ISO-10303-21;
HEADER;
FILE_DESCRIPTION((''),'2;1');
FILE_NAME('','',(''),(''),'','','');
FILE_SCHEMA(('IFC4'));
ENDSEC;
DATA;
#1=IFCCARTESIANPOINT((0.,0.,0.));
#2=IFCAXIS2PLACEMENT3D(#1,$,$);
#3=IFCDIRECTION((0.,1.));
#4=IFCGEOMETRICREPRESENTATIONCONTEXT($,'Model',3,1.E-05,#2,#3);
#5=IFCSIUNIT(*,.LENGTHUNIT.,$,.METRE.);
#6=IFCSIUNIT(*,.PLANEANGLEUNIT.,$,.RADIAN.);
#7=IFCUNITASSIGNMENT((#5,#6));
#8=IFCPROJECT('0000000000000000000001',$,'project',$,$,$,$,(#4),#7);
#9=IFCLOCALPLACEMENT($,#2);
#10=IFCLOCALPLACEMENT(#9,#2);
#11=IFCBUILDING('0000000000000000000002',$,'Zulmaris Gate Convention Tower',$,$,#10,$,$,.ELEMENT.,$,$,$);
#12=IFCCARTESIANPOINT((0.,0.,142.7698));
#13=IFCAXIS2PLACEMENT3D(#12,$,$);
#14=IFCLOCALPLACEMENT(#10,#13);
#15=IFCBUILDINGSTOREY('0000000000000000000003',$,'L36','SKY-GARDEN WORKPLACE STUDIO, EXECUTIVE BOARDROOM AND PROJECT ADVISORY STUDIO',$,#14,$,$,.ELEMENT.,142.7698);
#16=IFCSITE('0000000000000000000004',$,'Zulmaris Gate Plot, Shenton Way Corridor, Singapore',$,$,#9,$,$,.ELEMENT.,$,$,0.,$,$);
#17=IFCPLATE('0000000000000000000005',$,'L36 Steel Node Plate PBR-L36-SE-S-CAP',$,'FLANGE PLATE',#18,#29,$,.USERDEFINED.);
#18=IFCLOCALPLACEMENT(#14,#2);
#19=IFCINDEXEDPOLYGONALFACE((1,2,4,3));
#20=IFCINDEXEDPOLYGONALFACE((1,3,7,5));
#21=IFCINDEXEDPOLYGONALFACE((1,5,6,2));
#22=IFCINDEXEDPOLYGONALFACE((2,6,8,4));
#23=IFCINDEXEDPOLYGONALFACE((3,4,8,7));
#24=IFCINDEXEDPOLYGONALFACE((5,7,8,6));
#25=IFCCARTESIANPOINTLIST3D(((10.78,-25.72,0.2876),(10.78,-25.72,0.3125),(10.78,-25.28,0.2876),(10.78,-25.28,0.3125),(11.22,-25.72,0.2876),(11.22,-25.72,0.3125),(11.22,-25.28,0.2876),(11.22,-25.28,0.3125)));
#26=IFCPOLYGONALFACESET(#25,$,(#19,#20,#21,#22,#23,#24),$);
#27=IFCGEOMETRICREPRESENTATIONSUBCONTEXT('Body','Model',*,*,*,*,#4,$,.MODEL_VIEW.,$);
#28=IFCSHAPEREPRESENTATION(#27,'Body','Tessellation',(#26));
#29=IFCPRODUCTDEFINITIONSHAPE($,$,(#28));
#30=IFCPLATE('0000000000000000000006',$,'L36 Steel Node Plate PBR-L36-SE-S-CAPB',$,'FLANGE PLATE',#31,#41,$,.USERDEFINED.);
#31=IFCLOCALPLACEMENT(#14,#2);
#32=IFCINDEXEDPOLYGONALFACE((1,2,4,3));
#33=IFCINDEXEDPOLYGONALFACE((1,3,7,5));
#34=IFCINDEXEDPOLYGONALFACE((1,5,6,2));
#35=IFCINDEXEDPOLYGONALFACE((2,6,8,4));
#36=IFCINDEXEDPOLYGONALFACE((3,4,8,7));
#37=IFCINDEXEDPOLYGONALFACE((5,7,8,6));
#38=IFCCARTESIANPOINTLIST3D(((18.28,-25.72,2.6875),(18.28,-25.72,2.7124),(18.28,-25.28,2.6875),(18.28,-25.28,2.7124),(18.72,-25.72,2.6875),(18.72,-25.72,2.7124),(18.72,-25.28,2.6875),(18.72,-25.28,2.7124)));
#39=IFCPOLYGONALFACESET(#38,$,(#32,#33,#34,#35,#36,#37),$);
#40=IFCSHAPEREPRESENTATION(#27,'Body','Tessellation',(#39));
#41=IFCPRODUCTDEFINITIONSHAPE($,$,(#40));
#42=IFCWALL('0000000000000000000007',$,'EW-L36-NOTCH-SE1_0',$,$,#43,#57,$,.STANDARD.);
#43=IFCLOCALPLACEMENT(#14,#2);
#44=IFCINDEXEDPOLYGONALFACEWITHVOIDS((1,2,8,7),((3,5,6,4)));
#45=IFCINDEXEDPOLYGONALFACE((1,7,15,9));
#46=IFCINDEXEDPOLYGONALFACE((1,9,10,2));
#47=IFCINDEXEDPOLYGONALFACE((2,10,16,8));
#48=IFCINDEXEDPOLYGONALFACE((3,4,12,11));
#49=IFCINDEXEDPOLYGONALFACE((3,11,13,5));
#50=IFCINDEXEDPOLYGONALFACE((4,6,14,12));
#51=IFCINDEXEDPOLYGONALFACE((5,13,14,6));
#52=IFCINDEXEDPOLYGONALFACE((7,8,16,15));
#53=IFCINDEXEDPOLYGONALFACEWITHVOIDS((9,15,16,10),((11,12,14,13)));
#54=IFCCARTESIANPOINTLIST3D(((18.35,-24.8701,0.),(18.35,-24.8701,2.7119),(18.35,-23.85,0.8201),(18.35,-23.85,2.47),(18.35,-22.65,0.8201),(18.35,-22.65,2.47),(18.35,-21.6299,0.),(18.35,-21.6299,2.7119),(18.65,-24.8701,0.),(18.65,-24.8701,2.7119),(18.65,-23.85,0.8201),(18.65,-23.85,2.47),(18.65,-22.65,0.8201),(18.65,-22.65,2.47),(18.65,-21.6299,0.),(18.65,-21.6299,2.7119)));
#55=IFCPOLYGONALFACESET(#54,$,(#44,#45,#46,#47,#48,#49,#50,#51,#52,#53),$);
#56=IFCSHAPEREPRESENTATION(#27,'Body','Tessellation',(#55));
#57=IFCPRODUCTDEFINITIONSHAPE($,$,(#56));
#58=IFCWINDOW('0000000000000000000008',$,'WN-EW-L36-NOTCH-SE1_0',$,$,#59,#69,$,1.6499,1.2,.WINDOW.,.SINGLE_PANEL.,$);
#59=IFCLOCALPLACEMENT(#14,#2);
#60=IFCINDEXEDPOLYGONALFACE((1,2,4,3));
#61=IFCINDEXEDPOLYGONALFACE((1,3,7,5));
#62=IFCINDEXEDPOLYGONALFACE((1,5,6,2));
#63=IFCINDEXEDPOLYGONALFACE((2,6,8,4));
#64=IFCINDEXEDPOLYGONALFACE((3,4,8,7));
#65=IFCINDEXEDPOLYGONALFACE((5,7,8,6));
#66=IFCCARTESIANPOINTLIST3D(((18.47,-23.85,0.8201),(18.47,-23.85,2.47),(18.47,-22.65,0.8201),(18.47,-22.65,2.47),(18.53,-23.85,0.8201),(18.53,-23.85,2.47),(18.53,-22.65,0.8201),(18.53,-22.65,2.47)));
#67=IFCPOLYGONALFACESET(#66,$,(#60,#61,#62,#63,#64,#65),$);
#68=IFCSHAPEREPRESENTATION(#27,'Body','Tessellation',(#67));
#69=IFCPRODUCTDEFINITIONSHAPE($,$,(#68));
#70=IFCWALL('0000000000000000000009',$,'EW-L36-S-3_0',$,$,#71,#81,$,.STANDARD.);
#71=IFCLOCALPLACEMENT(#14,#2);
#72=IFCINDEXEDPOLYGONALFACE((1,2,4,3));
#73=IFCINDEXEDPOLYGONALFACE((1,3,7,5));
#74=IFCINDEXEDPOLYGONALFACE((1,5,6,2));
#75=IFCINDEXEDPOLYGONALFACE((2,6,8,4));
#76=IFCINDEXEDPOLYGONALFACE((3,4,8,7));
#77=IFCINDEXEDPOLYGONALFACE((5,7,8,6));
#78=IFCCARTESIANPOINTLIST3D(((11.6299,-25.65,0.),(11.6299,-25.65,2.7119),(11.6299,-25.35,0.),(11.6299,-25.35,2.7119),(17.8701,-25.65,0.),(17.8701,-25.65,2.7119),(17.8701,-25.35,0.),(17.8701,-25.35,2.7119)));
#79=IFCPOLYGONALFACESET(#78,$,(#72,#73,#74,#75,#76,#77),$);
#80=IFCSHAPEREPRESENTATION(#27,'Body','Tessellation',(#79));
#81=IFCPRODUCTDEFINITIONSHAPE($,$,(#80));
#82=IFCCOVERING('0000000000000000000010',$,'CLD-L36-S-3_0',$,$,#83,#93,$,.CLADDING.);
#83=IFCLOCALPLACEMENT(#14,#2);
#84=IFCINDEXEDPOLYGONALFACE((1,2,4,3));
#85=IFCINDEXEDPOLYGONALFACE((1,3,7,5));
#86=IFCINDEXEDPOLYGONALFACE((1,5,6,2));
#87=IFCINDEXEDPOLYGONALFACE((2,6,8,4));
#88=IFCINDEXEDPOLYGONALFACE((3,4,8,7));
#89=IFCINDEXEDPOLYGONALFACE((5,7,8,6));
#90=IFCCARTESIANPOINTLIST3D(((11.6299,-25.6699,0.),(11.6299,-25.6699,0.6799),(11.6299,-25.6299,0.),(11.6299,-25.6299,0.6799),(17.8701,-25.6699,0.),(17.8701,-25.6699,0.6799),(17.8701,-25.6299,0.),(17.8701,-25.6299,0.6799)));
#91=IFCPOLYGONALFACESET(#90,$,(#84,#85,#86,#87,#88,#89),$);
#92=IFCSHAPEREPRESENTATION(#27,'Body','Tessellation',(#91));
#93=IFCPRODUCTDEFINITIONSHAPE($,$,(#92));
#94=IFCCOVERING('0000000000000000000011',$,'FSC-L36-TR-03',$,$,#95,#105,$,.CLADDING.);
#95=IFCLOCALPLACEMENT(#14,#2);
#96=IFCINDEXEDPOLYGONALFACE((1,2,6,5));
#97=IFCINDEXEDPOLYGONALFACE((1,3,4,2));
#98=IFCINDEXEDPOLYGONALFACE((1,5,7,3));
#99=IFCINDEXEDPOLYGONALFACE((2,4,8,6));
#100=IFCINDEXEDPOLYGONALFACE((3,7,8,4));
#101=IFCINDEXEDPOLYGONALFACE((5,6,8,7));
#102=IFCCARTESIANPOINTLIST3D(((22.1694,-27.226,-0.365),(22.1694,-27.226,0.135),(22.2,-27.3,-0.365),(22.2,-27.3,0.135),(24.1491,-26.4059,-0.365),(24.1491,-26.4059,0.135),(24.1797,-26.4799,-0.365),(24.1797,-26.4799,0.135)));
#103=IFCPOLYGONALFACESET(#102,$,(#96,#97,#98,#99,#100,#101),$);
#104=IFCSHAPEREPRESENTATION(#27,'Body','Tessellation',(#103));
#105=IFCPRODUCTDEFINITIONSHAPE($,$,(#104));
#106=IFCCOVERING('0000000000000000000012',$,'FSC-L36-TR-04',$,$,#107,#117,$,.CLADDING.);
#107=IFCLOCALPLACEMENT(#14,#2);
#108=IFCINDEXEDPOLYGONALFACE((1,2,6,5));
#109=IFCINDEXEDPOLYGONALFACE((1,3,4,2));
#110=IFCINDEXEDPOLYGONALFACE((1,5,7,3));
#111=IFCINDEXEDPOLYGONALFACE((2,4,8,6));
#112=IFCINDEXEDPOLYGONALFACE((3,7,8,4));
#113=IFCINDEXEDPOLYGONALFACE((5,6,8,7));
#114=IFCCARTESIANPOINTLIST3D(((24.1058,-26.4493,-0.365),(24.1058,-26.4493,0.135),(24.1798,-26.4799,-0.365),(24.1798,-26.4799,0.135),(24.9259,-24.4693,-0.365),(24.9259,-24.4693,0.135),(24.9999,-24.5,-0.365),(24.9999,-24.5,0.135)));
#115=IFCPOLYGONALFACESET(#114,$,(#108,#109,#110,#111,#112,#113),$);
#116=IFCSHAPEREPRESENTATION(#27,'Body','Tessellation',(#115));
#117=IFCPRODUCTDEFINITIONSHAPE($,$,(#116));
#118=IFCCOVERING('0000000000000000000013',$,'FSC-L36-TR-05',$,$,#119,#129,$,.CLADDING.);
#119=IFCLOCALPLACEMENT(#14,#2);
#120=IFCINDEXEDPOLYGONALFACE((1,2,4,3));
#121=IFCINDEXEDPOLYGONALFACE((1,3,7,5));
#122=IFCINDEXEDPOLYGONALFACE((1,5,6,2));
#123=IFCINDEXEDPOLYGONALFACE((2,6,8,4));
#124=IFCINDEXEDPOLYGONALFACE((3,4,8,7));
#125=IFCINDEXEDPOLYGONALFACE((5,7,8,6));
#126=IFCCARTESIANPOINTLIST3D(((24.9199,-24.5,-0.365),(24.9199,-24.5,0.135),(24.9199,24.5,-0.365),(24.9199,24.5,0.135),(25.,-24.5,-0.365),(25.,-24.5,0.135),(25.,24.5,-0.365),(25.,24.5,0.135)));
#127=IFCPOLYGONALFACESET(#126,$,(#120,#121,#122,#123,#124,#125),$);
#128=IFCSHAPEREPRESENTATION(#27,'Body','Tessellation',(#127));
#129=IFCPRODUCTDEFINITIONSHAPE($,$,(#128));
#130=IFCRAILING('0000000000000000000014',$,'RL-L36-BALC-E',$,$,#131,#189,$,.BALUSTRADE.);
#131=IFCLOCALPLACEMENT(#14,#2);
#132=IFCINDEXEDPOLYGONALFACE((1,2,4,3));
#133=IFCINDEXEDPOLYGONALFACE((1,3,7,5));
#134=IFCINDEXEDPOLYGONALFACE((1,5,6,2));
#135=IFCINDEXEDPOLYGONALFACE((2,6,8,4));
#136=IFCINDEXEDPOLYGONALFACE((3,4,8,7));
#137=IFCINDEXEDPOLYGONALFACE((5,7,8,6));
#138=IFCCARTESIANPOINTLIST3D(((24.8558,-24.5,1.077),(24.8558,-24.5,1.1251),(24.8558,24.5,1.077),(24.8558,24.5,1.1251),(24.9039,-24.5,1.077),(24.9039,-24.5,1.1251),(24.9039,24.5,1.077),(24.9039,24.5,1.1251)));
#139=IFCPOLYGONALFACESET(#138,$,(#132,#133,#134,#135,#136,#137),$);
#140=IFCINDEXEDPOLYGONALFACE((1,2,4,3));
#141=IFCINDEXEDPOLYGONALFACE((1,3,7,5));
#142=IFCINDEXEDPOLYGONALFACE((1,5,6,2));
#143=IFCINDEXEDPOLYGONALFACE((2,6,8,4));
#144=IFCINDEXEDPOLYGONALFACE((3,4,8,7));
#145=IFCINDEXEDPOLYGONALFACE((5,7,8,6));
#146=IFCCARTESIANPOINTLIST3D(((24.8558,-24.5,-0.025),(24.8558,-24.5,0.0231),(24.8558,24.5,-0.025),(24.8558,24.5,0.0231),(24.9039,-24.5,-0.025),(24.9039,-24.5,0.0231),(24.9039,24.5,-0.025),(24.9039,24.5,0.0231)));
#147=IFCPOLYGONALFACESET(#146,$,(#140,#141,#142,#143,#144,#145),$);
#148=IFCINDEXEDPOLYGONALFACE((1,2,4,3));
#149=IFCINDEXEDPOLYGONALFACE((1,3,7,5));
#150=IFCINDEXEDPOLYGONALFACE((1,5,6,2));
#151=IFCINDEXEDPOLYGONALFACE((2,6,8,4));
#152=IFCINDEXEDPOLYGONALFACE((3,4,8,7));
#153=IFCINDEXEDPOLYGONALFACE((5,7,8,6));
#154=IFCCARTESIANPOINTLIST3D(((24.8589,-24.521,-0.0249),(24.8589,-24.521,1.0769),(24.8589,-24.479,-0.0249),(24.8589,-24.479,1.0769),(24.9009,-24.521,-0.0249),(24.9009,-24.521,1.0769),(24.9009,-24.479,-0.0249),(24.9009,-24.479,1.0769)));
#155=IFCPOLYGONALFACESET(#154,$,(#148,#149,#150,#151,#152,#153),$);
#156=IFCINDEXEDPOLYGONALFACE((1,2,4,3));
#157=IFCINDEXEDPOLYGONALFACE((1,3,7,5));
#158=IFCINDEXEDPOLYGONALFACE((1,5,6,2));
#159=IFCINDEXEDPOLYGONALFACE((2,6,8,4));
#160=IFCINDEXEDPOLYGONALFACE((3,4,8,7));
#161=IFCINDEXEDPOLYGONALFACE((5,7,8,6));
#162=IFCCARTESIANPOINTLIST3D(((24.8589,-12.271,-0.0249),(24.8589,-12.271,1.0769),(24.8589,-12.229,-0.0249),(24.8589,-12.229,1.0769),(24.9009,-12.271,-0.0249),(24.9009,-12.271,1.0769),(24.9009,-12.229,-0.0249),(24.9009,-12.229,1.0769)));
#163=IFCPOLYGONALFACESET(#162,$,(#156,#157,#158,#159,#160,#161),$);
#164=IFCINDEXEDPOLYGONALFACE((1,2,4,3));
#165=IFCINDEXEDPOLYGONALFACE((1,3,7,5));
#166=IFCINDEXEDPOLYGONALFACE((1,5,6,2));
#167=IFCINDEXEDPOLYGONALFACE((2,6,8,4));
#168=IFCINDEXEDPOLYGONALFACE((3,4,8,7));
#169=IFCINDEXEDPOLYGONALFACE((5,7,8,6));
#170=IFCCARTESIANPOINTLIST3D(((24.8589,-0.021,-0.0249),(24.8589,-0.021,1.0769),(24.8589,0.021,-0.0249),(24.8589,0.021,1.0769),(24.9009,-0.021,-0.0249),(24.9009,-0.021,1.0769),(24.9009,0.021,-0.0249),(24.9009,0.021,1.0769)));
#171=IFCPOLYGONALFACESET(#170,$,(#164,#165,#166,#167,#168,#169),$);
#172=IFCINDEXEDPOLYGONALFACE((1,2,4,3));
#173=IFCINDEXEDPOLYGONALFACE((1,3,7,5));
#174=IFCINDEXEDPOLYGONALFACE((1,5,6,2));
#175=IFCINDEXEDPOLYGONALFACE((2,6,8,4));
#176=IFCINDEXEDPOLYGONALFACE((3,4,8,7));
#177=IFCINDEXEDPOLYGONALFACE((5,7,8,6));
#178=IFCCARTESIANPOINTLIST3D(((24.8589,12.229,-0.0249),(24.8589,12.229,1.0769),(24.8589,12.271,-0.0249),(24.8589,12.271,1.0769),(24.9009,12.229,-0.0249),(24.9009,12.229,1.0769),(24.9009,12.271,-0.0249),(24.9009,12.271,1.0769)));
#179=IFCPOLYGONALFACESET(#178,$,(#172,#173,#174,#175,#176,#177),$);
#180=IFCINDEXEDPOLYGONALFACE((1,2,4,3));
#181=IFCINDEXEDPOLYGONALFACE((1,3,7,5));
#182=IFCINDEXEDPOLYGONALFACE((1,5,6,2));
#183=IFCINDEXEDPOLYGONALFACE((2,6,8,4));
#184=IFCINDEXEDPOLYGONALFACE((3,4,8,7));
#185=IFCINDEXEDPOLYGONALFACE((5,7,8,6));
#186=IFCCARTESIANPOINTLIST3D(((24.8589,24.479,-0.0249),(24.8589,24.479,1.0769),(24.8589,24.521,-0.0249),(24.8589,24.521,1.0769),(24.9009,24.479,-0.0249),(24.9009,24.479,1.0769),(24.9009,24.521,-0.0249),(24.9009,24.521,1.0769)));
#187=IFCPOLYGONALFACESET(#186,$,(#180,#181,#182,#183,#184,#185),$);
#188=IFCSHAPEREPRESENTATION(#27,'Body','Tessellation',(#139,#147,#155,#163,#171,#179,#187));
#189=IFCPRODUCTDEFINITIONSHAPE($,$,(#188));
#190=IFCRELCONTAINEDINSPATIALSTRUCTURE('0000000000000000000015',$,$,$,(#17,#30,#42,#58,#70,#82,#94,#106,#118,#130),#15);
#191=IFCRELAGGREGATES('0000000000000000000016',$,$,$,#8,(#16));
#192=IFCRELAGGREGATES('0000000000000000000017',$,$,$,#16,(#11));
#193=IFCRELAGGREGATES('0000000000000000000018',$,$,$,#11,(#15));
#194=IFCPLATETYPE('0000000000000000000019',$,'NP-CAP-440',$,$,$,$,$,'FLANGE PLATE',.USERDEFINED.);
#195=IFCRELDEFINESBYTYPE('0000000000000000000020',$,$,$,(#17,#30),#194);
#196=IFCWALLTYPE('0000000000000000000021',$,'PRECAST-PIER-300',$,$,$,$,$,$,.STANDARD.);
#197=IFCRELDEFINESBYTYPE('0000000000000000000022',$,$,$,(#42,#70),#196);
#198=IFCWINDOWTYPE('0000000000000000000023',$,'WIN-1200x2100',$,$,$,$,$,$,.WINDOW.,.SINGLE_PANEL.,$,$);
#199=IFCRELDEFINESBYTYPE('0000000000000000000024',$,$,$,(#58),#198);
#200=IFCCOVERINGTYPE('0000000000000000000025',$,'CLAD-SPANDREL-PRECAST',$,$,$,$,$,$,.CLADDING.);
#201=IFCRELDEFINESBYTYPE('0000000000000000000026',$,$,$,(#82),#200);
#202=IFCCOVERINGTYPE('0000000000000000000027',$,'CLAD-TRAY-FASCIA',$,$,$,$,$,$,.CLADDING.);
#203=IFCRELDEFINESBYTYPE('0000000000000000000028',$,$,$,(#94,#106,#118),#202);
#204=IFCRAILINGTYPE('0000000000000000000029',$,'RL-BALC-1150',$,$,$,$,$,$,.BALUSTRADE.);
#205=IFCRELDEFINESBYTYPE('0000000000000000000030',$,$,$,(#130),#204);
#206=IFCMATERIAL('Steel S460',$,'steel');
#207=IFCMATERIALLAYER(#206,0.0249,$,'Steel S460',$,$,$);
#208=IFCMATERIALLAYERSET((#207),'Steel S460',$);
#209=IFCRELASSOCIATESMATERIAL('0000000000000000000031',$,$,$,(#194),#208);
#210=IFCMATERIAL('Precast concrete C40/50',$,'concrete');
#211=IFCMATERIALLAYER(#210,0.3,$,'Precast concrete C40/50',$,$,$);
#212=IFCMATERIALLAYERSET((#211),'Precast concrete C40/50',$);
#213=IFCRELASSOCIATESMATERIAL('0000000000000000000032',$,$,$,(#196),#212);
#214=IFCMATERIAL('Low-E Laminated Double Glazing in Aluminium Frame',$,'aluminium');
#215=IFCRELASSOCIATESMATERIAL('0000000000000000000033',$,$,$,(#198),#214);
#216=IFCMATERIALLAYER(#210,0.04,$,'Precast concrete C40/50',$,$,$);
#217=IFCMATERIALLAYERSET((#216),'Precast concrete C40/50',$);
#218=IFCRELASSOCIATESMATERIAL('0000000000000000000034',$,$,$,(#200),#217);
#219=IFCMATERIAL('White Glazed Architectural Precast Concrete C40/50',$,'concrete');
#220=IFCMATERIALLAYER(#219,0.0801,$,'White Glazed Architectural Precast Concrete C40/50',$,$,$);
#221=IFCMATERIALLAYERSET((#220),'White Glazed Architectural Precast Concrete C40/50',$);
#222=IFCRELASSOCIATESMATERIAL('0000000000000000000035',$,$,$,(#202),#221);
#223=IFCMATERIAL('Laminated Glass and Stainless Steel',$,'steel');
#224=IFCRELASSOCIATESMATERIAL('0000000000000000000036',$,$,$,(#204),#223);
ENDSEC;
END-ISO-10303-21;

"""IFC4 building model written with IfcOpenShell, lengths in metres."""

from ifc_helpers import new_model, si_unit, direction, frame, frame_2d, origin, origin_2d, place, context, subcontext, project, spatial, rectangle, extrude, material, layer, layer_set, type_object, element, fill, save


model = new_model("IFC4")

# Units and contexts
model_context = context("Model", 3, precision=1e-05, world=origin(), true_north=direction((0.0, 1.0)))
body_context = subcontext(model_context, "Body", "Model", "MODEL_VIEW")
ifc_project = project(units=[si_unit("LENGTHUNIT", "METRE"), si_unit("PLANEANGLEUNIT", "RADIAN")], contexts=[model_context])

# Site, building, storey
site_placement = place(None, origin())
site = spatial("IfcSite", under=ifc_project, at=site_placement, Name="Zulmaris Gate Plot, Shenton Way Corridor, Singapore", CompositionType="ELEMENT", RefElevation=0.0)
building_placement = place(site_placement, origin())
building = spatial("IfcBuilding", under=site, at=building_placement, Name="Zulmaris Gate Convention Tower", CompositionType="ELEMENT")
storey_placement = place(building_placement, frame((0.0, 0.0, 142.7698)))
storey = spatial("IfcBuildingStorey", under=building, at=storey_placement, Name="L36", Description="SKY-GARDEN WORKPLACE STUDIO, EXECUTIVE BOARDROOM AND PROJECT ADVISORY STUDIO", CompositionType="ELEMENT", Elevation=142.7698)

# Shared definitions
ifc_material_1 = material(Name="Steel S460", Category="steel")

# Plates
ifc_layer_1 = layer(ifc_material_1, 0.0249, Name="Steel S460")
ifc_layer_set_1 = layer_set([ifc_layer_1], Name="Steel S460")
plate_type_1 = type_object("IfcPlateType", Name="NP-CAP-440", ElementType="FLANGE PLATE", PredefinedType="USERDEFINED", material=ifc_layer_set_1)
for number, where, z_axis, x_axis, name in (
    (1, (11.0, -25.5, 0.2876), (0.0, 0.0, 1.0), (1.0, 0.0, 0.0), "L36 Steel Node Plate PBR-L36-SE-S-CAP"),
    (2, (18.5, -25.5, 2.6875), (0.0, 0.0, 1.0), (1.0, 0.0, 0.0), "L36 Steel Node Plate PBR-L36-SE-S-CAPB"),
):
    element("IfcPlate", number, at=place(storey_placement, frame(where, z_axis=z_axis, x_axis=x_axis)), inside=storey, type_object=plate_type_1, Name=name, ObjectType="FLANGE PLATE", PredefinedType="USERDEFINED", context=body_context, shape_type="SweptSolid", body=[
        extrude(rectangle(XDim=0.4399, YDim=0.4399, at=origin_2d()), origin(), (0.0, 0.0, 1.0), 0.0249),
    ])

# Wall, opening, window
ifc_material_2 = material(Name="Precast concrete C40/50", Category="concrete")
ifc_layer_2 = layer(ifc_material_2, 0.3, Name="Precast concrete C40/50")
ifc_layer_set_2 = layer_set([ifc_layer_2], Name="Precast concrete C40/50")
wall_type = type_object("IfcWallType", Name="PRECAST-PIER-300", PredefinedType="STANDARD", material=ifc_layer_set_2)
wall_1_placement = place(storey_placement, frame((18.5, -24.8701, 0.0), z_axis=(0.0, 0.0, 1.0), x_axis=(0.0, 1.0, 0.0)))
wall_1 = element("IfcWall", 3, at=wall_1_placement, inside=storey, type_object=wall_type, Name="EW-L36-NOTCH-SE1_0", PredefinedType="STANDARD", context=body_context, shape_type="SweptSolid", body=[
    extrude(rectangle(XDim=3.2402, YDim=0.3, at=frame_2d((1.6201, 0.0))), origin(), (0.0, 0.0, 1.0), 2.7119),
])
opening_placement = place(wall_1_placement, frame((1.02, 0.0, 0.8201)))
opening = element("IfcOpeningElement", 4, at=opening_placement, cuts=wall_1, PredefinedType="OPENING", context=body_context, shape_type="SweptSolid", body=[
    extrude(rectangle(XDim=1.2, YDim=1.6499, at=frame_2d((0.6001, 0.825))), frame((0.0, 0.1602, 0.0), z_axis=(0.0, -1.0, 0.0), x_axis=(1.0, 0.0, 0.0)), (0.0, 0.0, 1.0), 0.3201),
])
ifc_material_3 = material(Name="Low-E Laminated Double Glazing in Aluminium Frame", Category="aluminium")
window_type = type_object("IfcWindowType", Name="WIN-1200x2100", PartitioningType="SINGLE_PANEL", PredefinedType="WINDOW", material=ifc_material_3)
window_placement = place(opening_placement, origin())
window = element("IfcWindow", 5, at=window_placement, inside=storey, type_object=window_type, Name="WN-EW-L36-NOTCH-SE1_0", OverallHeight=1.6499, OverallWidth=1.2, PartitioningType="SINGLE_PANEL", PredefinedType="WINDOW", context=body_context, shape_type="SweptSolid", body=[
    extrude(rectangle(XDim=1.2, YDim=1.6499, at=frame_2d((0.6001, 0.825))), frame((0.0, 0.03, 0.0), z_axis=(0.0, -1.0, 0.0), x_axis=(1.0, 0.0, 0.0)), (0.0, 0.0, 1.0), 0.0601),
])
fill(opening, window)

# Wall
wall_2_placement = place(storey_placement, frame((11.6299, -25.5, 0.0), z_axis=(0.0, 0.0, 1.0), x_axis=(1.0, 0.0, 0.0)))
element("IfcWall", 6, at=wall_2_placement, inside=storey, type_object=wall_type, Name="EW-L36-S-3_0", PredefinedType="STANDARD", context=body_context, shape_type="SweptSolid", body=[
    extrude(rectangle(XDim=6.2402, YDim=0.3, at=frame_2d((3.1201, 0.0))), origin(), (0.0, 0.0, 1.0), 2.7119),
])

# Coverings
ifc_layer_3 = layer(ifc_material_2, 0.04, Name="Precast concrete C40/50")
ifc_layer_set_3 = layer_set([ifc_layer_3], Name="Precast concrete C40/50")
covering_type_1 = type_object("IfcCoveringType", Name="CLAD-SPANDREL-PRECAST", PredefinedType="CLADDING", material=ifc_layer_set_3)
covering_1_placement = place(storey_placement, frame((11.6299, -25.6499, 0.0), z_axis=(0.0, 0.0, 1.0), x_axis=(1.0, 0.0, 0.0)))
element("IfcCovering", 7, at=covering_1_placement, inside=storey, type_object=covering_type_1, Name="CLD-L36-S-3_0", PredefinedType="CLADDING", context=body_context, shape_type="SweptSolid", body=[
    extrude(rectangle(XDim=6.2402, YDim=0.04, at=frame_2d((3.1201, 0.0))), origin(), (0.0, 0.0, 1.0), 0.6799),
])
ifc_material_4 = material(Name="White Glazed Architectural Precast Concrete C40/50", Category="concrete")
ifc_layer_4 = layer(ifc_material_4, 0.0801, Name="White Glazed Architectural Precast Concrete C40/50")
ifc_layer_set_4 = layer_set([ifc_layer_4], Name="White Glazed Architectural Precast Concrete C40/50")
covering_type_2 = type_object("IfcCoveringType", Name="CLAD-TRAY-FASCIA", PredefinedType="CLADDING", material=ifc_layer_set_4)
covering_2_placement = place(storey_placement, frame((22.1848, -27.2629, -0.365), z_axis=(0.0, 0.0, 1.0), x_axis=(0.923874, 0.382697, 0.0)))
element("IfcCovering", 8, at=covering_2_placement, inside=storey, type_object=covering_type_2, Name="FSC-L36-TR-03", PredefinedType="CLADDING", context=body_context, shape_type="SweptSolid", body=[
    extrude(rectangle(XDim=2.1428, YDim=0.0801, at=frame_2d((1.0713, 0.0))), origin(), (0.0, 0.0, 1.0), 0.5),
])
covering_3_placement = place(storey_placement, frame((24.1428, -26.4646, -0.365), z_axis=(0.0, 0.0, 1.0), x_axis=(0.382657, 0.92389, 0.0)))
element("IfcCovering", 9, at=covering_3_placement, inside=storey, type_object=covering_type_2, Name="FSC-L36-TR-04", PredefinedType="CLADDING", context=body_context, shape_type="SweptSolid", body=[
    extrude(rectangle(XDim=2.1431, YDim=0.0801, at=frame_2d((1.0715, 0.0))), origin(), (0.0, 0.0, 1.0), 0.5),
])
covering_4_placement = place(storey_placement, frame((24.96, -24.5, -0.365), z_axis=(0.0, 0.0, 1.0), x_axis=(0.0, 1.0, 0.0)))
element("IfcCovering", 10, at=covering_4_placement, inside=storey, type_object=covering_type_2, Name="FSC-L36-TR-05", PredefinedType="CLADDING", context=body_context, shape_type="SweptSolid", body=[
    extrude(rectangle(XDim=49.0, YDim=0.0801, at=frame_2d((24.5, 0.0))), origin(), (0.0, 0.0, 1.0), 0.5),
])

# Railing
ifc_material_5 = material(Name="Laminated Glass and Stainless Steel", Category="steel")
railing_type = type_object("IfcRailingType", Name="RL-BALC-1150", PredefinedType="BALUSTRADE", material=ifc_material_5)
railing_placement = place(storey_placement, frame((24.8799, -24.5, -0.0249)))
element("IfcRailing", 11, at=railing_placement, inside=storey, type_object=railing_type, Name="RL-L36-BALC-E", PredefinedType="BALUSTRADE", context=body_context, shape_type="SweptSolid", body=[
    extrude(rectangle(XDim=0.0481, YDim=0.0481, at=origin_2d()), frame((0.0, 0.0, 1.126), z_axis=(0.0, 1.0, 0.0), x_axis=(-1.0, 0.0, 0.0)), (0.0, 0.0, 1.0), 49.0),
    extrude(rectangle(XDim=0.0481, YDim=0.0481, at=origin_2d()), frame((0.0, 0.0, 0.0239), z_axis=(0.0, 1.0, 0.0), x_axis=(-1.0, 0.0, 0.0)), (0.0, 0.0, 1.0), 49.0),
    extrude(rectangle(XDim=0.042, YDim=0.042, at=origin_2d()), origin(), (0.0, 0.0, 1.0), 1.1018),
    extrude(rectangle(XDim=0.042, YDim=0.042, at=origin_2d()), frame((0.0, 12.25, 0.0)), (0.0, 0.0, 1.0), 1.1018),
    extrude(rectangle(XDim=0.042, YDim=0.042, at=origin_2d()), frame((0.0, 24.5, 0.0)), (0.0, 0.0, 1.0), 1.1018),
    extrude(rectangle(XDim=0.042, YDim=0.042, at=origin_2d()), frame((0.0, 36.75, 0.0)), (0.0, 0.0, 1.0), 1.1018),
    extrude(rectangle(XDim=0.042, YDim=0.042, at=origin_2d()), frame((0.0, 49.0, 0.0)), (0.0, 0.0, 1.0), 1.1018),
])

save(model, "model.ifc")
